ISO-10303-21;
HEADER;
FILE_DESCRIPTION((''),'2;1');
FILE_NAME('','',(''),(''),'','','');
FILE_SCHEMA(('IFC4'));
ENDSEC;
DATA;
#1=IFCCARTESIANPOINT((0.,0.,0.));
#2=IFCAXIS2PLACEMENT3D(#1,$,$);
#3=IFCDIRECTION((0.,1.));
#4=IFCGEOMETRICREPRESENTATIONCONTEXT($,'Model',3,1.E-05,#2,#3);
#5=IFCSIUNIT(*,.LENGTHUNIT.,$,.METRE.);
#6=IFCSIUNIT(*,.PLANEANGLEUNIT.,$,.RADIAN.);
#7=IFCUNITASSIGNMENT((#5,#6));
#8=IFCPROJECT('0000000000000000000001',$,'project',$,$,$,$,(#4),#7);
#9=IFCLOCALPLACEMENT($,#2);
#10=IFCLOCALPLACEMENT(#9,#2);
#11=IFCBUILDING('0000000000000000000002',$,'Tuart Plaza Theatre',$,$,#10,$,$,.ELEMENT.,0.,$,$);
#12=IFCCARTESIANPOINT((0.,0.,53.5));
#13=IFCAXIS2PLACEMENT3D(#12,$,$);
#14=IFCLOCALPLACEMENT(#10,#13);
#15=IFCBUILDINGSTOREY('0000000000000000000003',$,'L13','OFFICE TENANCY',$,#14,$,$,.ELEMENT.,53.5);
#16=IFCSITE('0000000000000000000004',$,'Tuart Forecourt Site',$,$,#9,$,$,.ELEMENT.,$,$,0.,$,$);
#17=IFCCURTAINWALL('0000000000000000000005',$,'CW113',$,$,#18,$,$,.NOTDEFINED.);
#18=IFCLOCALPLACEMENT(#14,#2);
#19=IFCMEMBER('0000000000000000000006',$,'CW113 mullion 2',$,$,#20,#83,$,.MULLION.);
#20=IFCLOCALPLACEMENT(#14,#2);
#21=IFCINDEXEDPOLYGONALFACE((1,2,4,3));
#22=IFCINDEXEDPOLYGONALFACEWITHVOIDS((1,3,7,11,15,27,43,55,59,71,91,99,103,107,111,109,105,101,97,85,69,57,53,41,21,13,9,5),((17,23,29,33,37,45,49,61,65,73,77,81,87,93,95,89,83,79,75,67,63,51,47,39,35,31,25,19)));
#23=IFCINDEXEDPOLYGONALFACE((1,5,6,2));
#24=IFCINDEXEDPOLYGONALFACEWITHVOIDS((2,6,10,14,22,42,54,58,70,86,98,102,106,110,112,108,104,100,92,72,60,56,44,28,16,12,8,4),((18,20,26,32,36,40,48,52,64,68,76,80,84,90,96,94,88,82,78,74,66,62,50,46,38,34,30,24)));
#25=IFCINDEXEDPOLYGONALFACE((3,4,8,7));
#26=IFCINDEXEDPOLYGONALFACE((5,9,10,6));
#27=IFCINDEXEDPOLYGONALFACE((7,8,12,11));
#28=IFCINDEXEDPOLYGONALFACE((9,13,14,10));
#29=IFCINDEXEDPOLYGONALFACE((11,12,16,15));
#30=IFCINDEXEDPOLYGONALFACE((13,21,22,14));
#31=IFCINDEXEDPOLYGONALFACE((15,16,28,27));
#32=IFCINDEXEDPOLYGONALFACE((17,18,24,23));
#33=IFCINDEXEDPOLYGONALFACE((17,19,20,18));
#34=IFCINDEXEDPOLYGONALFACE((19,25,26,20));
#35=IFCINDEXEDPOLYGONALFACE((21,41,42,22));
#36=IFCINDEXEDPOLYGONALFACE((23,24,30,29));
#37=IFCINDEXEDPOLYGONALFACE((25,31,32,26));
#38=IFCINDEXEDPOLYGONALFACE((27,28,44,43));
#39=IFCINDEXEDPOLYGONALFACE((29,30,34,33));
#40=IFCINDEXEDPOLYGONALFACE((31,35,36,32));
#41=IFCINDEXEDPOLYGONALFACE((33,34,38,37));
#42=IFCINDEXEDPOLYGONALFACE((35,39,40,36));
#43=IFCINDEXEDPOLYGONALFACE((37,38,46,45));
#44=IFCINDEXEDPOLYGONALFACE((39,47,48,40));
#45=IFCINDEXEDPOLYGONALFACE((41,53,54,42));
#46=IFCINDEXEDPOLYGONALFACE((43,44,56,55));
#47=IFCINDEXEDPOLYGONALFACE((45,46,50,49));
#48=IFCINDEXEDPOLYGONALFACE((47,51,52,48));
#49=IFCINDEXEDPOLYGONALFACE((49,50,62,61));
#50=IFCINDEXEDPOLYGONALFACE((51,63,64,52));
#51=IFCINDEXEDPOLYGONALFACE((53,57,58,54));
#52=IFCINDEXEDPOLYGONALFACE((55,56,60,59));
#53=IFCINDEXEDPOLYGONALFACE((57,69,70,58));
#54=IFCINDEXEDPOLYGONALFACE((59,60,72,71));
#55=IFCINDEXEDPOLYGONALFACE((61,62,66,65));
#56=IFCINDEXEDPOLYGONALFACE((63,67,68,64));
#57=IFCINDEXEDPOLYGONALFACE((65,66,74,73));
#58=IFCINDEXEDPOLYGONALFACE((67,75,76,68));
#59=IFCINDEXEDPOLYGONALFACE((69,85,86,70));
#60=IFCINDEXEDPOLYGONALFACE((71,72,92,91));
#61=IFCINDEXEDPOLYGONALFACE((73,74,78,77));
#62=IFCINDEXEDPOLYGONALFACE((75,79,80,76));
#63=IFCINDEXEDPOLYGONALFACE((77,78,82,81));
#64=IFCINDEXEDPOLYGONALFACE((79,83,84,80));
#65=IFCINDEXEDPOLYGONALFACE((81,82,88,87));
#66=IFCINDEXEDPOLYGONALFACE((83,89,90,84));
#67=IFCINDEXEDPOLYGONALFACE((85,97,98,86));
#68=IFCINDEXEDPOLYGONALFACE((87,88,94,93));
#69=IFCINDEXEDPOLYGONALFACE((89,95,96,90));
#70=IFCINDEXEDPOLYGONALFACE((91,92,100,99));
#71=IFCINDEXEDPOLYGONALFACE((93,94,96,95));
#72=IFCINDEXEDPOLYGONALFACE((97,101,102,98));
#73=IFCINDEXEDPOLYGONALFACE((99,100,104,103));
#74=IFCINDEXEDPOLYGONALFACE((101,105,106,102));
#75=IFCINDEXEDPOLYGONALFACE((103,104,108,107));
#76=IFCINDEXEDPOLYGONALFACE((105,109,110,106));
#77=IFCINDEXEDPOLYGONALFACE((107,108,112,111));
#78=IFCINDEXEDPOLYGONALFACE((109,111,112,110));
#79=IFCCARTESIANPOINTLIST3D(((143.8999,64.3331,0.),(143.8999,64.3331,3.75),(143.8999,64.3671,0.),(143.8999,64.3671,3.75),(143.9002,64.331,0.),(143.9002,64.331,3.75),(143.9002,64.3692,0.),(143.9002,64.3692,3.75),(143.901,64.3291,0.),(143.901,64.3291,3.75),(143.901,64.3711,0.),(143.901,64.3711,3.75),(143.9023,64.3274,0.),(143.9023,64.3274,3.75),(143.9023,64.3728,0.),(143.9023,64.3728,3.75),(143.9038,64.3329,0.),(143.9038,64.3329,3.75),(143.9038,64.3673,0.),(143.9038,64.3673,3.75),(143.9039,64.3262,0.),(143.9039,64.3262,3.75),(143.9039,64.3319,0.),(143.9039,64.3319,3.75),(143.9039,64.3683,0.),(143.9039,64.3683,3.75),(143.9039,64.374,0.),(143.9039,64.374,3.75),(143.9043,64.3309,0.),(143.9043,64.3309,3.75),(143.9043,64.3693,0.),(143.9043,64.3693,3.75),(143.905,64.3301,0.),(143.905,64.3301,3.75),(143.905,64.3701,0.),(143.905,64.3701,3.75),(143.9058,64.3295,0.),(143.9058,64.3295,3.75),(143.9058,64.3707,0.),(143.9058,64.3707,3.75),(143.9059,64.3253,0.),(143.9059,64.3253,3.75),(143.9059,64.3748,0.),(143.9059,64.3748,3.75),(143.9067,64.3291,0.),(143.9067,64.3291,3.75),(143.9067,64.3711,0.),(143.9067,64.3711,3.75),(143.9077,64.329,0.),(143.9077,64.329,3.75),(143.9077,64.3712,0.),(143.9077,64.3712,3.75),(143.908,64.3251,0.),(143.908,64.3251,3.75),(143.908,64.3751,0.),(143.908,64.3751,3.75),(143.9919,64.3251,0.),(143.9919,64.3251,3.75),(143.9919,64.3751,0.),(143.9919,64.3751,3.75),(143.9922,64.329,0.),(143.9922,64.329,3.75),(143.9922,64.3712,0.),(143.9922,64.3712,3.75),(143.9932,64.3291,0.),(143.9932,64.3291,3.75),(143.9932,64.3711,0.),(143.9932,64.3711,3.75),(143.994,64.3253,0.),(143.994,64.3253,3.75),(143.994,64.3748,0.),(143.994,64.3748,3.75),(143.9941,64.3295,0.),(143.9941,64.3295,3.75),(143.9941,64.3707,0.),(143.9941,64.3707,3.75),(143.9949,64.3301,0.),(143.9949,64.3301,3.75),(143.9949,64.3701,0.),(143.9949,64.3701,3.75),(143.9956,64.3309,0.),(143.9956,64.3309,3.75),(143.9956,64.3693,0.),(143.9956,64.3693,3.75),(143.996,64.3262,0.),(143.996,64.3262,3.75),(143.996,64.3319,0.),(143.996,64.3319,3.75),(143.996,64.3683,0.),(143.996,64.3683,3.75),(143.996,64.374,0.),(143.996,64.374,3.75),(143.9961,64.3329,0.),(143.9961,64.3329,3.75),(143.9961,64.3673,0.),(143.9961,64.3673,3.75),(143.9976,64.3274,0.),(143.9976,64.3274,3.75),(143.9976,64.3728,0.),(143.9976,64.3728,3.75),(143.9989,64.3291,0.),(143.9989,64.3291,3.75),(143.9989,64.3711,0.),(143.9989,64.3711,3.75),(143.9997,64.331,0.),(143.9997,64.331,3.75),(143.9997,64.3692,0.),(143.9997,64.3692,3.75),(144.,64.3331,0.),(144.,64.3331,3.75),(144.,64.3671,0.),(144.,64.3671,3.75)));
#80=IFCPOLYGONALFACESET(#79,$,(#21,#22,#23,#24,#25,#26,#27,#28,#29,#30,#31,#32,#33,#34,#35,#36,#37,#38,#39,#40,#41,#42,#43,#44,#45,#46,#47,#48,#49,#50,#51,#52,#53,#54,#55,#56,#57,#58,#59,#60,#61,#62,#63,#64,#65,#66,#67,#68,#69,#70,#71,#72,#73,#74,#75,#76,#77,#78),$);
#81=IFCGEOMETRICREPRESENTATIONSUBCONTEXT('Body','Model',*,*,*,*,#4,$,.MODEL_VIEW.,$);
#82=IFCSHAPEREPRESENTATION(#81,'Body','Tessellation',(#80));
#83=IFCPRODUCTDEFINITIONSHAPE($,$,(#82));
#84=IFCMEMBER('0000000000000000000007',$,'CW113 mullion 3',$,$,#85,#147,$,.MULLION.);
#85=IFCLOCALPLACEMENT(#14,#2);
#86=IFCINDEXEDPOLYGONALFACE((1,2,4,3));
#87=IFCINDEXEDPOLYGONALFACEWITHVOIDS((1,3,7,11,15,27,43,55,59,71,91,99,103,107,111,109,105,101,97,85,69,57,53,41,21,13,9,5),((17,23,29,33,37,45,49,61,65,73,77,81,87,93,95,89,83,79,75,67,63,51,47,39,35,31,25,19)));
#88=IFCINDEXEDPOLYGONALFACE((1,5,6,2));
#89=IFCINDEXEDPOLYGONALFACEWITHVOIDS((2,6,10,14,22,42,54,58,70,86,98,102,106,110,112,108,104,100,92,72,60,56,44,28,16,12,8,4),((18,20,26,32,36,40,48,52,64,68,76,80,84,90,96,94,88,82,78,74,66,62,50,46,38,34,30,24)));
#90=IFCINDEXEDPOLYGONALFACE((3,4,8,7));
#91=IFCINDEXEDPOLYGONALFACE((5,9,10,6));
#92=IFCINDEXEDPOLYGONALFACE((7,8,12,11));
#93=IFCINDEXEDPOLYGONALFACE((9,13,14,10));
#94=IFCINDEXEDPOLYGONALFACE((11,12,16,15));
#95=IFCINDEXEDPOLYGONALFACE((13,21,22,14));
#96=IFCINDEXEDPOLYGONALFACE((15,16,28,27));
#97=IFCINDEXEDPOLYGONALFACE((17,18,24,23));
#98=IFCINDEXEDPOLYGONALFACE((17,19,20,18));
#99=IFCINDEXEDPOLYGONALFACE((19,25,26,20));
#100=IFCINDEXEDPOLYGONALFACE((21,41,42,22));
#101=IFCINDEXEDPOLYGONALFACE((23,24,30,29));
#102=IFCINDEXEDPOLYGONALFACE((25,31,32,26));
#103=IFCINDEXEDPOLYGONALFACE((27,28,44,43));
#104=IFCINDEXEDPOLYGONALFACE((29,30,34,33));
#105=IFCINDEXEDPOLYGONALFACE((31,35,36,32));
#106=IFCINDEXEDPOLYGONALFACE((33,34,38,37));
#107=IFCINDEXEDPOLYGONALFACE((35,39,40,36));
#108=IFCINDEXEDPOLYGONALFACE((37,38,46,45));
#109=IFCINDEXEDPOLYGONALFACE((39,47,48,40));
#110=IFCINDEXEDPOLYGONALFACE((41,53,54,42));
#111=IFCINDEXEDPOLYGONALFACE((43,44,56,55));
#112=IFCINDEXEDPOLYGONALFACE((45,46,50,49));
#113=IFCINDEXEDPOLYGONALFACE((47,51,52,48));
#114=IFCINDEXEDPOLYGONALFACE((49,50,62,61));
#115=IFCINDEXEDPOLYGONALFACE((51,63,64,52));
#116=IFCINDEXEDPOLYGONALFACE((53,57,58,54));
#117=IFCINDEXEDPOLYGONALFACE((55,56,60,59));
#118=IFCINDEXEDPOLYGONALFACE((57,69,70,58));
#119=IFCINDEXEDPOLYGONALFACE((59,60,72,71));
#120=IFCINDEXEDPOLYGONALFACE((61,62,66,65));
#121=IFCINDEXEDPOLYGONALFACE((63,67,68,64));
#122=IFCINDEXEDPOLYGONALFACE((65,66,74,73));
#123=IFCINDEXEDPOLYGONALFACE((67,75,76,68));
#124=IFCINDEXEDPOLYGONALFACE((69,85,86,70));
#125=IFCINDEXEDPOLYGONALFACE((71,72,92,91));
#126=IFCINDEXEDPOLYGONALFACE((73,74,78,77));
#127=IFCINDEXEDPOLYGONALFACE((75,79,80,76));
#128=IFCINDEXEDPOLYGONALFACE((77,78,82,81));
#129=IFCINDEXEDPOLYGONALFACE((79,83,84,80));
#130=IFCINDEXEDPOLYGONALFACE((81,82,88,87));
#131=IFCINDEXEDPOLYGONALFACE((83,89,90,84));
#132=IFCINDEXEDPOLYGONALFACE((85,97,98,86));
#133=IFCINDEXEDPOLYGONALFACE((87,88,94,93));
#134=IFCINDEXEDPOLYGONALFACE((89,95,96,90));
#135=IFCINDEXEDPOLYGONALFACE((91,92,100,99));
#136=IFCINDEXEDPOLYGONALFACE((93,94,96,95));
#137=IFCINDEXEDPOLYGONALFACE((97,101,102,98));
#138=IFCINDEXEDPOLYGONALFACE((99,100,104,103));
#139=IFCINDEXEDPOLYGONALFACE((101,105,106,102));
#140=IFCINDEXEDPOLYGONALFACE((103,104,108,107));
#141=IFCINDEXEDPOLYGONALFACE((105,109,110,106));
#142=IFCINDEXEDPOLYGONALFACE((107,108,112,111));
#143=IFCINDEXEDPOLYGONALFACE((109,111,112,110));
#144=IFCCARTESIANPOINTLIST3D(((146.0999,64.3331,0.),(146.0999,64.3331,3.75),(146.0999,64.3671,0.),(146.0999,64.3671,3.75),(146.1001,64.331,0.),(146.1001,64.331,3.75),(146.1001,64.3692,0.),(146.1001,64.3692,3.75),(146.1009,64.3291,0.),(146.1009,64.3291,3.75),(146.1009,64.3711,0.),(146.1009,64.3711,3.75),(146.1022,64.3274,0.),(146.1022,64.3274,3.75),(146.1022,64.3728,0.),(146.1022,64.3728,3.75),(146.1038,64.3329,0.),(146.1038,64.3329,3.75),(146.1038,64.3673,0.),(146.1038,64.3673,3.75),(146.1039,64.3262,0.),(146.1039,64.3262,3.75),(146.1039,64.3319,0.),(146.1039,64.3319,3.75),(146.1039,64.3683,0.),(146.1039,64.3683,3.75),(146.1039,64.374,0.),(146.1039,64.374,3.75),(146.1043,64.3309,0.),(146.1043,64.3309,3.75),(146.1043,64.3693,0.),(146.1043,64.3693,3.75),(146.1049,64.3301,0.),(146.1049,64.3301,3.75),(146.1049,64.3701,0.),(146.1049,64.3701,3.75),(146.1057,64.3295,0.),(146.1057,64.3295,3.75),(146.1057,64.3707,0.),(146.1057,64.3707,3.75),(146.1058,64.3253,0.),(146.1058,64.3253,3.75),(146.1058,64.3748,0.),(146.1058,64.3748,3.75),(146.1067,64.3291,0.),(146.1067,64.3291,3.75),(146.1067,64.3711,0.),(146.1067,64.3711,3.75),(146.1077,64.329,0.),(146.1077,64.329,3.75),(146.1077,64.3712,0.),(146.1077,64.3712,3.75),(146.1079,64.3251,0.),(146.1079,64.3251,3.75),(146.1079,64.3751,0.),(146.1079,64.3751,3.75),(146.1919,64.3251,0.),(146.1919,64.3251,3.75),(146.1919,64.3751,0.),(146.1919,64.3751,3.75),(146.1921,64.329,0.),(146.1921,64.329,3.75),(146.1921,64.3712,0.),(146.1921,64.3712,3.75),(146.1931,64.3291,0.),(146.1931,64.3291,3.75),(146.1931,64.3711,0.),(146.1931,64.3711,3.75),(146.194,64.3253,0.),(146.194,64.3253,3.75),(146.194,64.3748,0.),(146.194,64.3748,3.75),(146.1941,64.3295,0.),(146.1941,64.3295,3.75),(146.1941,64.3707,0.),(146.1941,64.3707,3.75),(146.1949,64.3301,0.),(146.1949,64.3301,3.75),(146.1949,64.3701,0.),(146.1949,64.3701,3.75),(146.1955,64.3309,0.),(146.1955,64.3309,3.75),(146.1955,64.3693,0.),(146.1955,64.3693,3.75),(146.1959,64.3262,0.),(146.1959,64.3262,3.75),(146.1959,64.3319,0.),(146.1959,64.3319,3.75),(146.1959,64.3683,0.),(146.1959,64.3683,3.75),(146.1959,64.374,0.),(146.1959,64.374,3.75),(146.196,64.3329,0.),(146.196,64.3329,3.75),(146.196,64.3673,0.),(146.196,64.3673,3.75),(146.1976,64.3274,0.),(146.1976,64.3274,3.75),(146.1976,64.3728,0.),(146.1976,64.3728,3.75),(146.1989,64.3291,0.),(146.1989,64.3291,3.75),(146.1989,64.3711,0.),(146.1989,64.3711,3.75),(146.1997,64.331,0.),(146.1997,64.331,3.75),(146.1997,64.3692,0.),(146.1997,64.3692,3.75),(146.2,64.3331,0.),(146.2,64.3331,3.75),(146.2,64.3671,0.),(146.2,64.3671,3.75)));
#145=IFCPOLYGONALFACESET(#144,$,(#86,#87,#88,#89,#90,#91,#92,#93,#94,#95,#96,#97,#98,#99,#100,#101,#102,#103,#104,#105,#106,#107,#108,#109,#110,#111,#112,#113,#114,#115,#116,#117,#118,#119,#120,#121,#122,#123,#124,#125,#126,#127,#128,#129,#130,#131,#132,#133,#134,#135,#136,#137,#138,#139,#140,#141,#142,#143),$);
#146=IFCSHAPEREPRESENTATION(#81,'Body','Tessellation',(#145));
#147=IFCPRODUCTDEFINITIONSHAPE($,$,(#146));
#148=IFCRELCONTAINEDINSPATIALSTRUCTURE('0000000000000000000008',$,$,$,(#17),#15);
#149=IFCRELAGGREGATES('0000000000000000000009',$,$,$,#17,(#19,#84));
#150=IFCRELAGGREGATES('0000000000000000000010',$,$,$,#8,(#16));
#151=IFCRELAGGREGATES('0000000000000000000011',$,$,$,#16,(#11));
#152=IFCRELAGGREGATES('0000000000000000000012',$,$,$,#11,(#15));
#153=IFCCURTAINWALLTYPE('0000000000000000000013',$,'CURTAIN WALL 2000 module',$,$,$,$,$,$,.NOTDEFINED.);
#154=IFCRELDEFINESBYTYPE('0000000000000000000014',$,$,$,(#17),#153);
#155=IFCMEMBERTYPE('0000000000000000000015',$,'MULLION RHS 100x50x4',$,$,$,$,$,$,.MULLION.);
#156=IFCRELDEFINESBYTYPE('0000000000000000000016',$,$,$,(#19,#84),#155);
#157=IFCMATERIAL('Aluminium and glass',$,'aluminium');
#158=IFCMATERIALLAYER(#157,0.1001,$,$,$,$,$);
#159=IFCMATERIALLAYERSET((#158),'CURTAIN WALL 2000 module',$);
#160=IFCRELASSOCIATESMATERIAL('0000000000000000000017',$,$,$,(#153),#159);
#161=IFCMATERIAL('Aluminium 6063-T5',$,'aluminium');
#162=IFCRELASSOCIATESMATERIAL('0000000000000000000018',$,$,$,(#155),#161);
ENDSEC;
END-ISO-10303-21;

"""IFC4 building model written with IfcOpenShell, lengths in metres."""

from ifc_helpers import new_model, si_unit, direction, frame, origin, origin_2d, place, context, subcontext, project, spatial, hollow_rectangle, extrude, material, layer, layer_set, material_profile, profile_set, type_object, element, aggregate, save


model = new_model("IFC4")

# Units and contexts
model_context = context("Model", 3, precision=1e-05, world=origin(), true_north=direction((0.0, 1.0)))
body_context = subcontext(model_context, "Body", "Model", "MODEL_VIEW")
ifc_project = project(units=[si_unit("LENGTHUNIT", "METRE"), si_unit("PLANEANGLEUNIT", "RADIAN")], contexts=[model_context])

# Site, building, storey
site_placement = place(None, origin())
site = spatial("IfcSite", under=ifc_project, at=site_placement, Name="Tuart Forecourt Site", CompositionType="ELEMENT", RefElevation=0.0)
building_placement = place(site_placement, origin())
building = spatial("IfcBuilding", under=site, at=building_placement, Name="Tuart Plaza Theatre", CompositionType="ELEMENT", ElevationOfRefHeight=0.0)
storey_placement = place(building_placement, frame((0.0, 0.0, 53.5)))
storey = spatial("IfcBuildingStorey", under=building, at=storey_placement, Name="L13", Description="OFFICE TENANCY", CompositionType="ELEMENT", Elevation=53.5)

# Curtain wall, members
ifc_material_1 = material(Name="Aluminium and glass", Category="aluminium")
ifc_layer_1 = layer(ifc_material_1, 0.1001)
ifc_layer_set_1 = layer_set([ifc_layer_1], Name="CURTAIN WALL 2000 module")
curtain_wall_type = type_object("IfcCurtainWallType", Name="CURTAIN WALL 2000 module", PredefinedType="NOTDEFINED", material=ifc_layer_set_1)
curtain_wall_placement = place(storey_placement, origin())
curtain_wall = element("IfcCurtainWall", 1, at=curtain_wall_placement, inside=storey, type_object=curtain_wall_type, Name="CW113", PredefinedType="NOTDEFINED")
ifc_material_2 = material(Name="Aluminium 6063-T5", Category="aluminium")
ifc_material_profile_1 = material_profile(ifc_material_2, hollow_rectangle(XDim=0.05, YDim=0.1001, WallThickness=0.0039, InnerFilletRadius=0.0039, OuterFilletRadius=0.0081, at=origin_2d()), Name="RHS 100x50x4")
ifc_profile_set_1 = profile_set([ifc_material_profile_1], Name="Aluminium 6063-T5")
member_type_1 = type_object("IfcMemberType", Name="MULLION RHS 100x50x4", PredefinedType="MULLION", material=ifc_profile_set_1)
member_1_placement = place(storey_placement, frame((143.95, 64.3501, 0.0), z_axis=(0.0, 0.0, 1.0), x_axis=(0.0, 1.0, 0.0)))
member_1 = element("IfcMember", 2, at=member_1_placement, type_object=member_type_1, Name="CW113 mullion 2", PredefinedType="MULLION", context=body_context, shape_type="SweptSolid", body=[
    extrude(hollow_rectangle(XDim=0.05, YDim=0.1001, WallThickness=0.0039, InnerFilletRadius=0.0039, OuterFilletRadius=0.0081, at=origin_2d()), origin(), (0.0, 0.0, 1.0), 3.75),
])
member_2_placement = place(storey_placement, frame((146.1499, 64.3501, 0.0), z_axis=(0.0, 0.0, 1.0), x_axis=(0.0, 1.0, 0.0)))
member_2 = element("IfcMember", 3, at=member_2_placement, type_object=member_type_1, Name="CW113 mullion 3", PredefinedType="MULLION", context=body_context, shape_type="SweptSolid", body=[
    extrude(hollow_rectangle(XDim=0.05, YDim=0.1001, WallThickness=0.0039, InnerFilletRadius=0.0039, OuterFilletRadius=0.0081, at=origin_2d()), origin(), (0.0, 0.0, 1.0), 3.75),
])
aggregate(curtain_wall, [member_1, member_2])

save(model, "model.ifc")
